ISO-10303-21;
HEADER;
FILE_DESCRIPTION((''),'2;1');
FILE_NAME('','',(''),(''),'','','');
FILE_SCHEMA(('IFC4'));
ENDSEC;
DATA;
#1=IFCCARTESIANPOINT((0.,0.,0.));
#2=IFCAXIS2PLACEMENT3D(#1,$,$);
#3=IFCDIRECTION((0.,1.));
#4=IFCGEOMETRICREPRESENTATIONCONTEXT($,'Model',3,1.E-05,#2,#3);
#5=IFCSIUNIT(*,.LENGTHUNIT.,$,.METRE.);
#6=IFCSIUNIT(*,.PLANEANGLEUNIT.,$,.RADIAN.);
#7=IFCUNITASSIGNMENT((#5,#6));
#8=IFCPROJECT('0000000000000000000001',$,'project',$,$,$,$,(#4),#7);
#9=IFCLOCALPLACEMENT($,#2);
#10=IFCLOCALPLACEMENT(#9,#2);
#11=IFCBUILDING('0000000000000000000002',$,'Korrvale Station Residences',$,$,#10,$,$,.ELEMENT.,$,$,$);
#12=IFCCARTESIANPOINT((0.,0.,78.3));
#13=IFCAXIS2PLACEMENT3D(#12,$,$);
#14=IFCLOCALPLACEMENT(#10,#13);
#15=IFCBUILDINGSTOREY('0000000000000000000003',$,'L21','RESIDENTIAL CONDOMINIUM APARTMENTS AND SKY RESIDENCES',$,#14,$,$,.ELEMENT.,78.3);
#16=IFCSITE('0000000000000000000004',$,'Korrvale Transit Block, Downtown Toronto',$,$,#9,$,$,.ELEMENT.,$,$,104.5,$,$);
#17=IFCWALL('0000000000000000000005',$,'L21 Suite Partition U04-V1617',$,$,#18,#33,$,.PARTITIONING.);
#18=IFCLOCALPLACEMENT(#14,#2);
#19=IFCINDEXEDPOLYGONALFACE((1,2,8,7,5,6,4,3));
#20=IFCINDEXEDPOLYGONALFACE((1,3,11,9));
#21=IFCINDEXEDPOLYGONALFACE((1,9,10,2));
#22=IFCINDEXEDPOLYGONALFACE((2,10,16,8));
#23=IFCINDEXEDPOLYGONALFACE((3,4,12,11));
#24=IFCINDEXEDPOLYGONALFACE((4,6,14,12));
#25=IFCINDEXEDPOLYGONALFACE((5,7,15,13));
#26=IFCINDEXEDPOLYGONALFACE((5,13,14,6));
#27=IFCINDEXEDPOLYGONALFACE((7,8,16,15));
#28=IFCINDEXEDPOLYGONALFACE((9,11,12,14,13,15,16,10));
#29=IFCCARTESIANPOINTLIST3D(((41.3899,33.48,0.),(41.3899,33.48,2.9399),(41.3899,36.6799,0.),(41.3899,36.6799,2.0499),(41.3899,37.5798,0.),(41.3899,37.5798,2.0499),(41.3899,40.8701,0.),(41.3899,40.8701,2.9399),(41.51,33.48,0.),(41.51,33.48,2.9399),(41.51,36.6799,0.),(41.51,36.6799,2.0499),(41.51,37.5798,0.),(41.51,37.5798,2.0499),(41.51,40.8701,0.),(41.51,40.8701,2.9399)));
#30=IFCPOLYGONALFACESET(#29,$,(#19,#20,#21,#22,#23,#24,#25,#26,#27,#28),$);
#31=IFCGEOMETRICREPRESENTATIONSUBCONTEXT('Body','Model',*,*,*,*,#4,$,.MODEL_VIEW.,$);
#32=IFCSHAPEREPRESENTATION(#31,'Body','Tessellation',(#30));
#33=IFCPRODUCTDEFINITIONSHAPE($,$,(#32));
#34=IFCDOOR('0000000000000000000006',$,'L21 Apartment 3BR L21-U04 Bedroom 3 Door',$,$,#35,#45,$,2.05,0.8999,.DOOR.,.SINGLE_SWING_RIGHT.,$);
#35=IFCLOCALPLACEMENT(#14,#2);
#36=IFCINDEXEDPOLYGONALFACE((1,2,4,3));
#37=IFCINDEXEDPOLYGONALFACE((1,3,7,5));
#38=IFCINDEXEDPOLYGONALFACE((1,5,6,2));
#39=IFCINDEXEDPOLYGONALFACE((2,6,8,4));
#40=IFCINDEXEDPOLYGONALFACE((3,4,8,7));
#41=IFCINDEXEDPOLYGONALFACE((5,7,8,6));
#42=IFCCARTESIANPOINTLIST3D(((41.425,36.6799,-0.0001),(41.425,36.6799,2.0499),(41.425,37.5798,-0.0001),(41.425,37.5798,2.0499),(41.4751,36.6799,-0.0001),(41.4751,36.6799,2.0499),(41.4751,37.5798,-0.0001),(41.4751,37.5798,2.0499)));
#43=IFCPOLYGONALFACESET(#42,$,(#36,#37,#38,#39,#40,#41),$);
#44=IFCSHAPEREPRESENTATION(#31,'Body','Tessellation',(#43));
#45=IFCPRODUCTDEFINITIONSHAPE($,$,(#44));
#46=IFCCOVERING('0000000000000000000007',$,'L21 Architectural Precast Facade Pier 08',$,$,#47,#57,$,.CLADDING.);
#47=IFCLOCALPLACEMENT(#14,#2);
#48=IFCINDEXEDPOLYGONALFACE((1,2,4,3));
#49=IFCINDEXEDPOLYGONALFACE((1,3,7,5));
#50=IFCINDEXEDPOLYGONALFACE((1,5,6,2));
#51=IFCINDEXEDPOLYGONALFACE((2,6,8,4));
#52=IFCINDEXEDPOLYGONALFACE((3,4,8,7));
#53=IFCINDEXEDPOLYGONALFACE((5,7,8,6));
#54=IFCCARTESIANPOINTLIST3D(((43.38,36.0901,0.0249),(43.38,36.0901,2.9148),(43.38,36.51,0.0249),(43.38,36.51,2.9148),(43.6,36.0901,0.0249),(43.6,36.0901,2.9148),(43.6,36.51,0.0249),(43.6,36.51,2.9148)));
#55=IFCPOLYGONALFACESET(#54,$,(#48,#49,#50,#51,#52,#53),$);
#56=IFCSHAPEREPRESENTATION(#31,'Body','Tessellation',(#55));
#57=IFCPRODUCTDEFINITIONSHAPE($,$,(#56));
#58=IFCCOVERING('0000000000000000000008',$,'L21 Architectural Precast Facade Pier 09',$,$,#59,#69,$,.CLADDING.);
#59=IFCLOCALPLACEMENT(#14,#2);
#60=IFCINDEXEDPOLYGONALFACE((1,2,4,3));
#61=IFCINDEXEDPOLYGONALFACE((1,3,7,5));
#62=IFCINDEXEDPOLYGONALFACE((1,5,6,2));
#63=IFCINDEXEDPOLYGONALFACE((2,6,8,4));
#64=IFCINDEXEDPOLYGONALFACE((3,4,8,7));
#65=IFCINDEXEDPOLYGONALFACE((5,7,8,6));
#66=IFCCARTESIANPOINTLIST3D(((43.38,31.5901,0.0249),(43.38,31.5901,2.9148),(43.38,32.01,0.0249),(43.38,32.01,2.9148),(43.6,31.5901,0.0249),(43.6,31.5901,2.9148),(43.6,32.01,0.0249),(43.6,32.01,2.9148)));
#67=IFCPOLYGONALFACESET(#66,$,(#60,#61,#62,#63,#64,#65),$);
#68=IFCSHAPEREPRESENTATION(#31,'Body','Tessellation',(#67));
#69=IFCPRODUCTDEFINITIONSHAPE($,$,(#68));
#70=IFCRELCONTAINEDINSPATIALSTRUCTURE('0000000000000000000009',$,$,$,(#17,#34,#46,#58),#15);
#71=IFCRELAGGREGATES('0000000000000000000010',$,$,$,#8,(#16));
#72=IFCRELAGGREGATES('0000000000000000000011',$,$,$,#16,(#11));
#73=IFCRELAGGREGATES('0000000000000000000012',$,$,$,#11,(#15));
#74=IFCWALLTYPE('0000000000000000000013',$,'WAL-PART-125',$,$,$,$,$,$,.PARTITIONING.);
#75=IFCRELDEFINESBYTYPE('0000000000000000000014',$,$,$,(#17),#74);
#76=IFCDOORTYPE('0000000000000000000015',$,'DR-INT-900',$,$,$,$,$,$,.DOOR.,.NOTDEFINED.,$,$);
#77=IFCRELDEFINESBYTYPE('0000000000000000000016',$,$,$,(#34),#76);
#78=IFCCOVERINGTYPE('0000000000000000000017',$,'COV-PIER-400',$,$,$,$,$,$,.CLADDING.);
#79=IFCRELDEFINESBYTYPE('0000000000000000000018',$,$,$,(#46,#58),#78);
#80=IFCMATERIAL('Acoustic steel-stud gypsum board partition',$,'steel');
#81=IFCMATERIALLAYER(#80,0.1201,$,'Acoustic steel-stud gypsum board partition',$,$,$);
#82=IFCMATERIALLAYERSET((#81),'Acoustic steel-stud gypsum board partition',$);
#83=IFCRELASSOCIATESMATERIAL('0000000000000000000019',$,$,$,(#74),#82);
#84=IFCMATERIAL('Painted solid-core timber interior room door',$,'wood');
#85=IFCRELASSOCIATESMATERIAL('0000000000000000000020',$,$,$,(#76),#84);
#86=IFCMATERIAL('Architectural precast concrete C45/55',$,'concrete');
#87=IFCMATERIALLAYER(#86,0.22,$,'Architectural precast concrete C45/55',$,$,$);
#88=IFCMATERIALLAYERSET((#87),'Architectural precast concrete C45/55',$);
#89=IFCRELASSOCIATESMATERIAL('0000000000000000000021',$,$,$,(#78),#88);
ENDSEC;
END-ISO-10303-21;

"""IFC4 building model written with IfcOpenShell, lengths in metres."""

from ifc_helpers import new_model, si_unit, direction, frame, frame_2d, origin, origin_2d, place, context, subcontext, project, spatial, rectangle, extrude, material, layer, layer_set, type_object, element, fill, save


model = new_model("IFC4")

# Units and contexts
model_context = context("Model", 3, precision=1e-05, world=origin(), true_north=direction((0.0, 1.0)))
body_context = subcontext(model_context, "Body", "Model", "MODEL_VIEW")
ifc_project = project(units=[si_unit("LENGTHUNIT", "METRE"), si_unit("PLANEANGLEUNIT", "RADIAN")], contexts=[model_context])

# Site, building, storey
site_placement = place(None, origin())
site = spatial("IfcSite", under=ifc_project, at=site_placement, Name="Korrvale Transit Block, Downtown Toronto", CompositionType="ELEMENT", RefElevation=104.5)
building_placement = place(site_placement, origin())
building = spatial("IfcBuilding", under=site, at=building_placement, Name="Korrvale Station Residences", CompositionType="ELEMENT")
storey_placement = place(building_placement, frame((0.0, 0.0, 78.3)))
storey = spatial("IfcBuildingStorey", under=building, at=storey_placement, Name="L21", Description="RESIDENTIAL CONDOMINIUM APARTMENTS AND SKY RESIDENCES", CompositionType="ELEMENT", Elevation=78.3)

# Shared definitions
ifc_material_1 = material(Name="Acoustic steel-stud gypsum board partition", Category="steel")
ifc_layer_1 = layer(ifc_material_1, 0.1201, Name="Acoustic steel-stud gypsum board partition")
ifc_layer_set_1 = layer_set([ifc_layer_1], Name="Acoustic steel-stud gypsum board partition")
wall_type = type_object("IfcWallType", Name="WAL-PART-125", PredefinedType="PARTITIONING", material=ifc_layer_set_1)
ifc_material_2 = material(Name="Painted solid-core timber interior room door", Category="wood")
door_type = type_object("IfcDoorType", Name="DR-INT-900", OperationType="NOTDEFINED", PredefinedType="DOOR", material=ifc_material_2)

# Wall, opening, door
wall_1_placement = place(storey_placement, frame((41.45, 33.48, 0.0), z_axis=(0.0, 0.0, 1.0), x_axis=(0.0, 1.0, 0.0)))
wall_1 = element("IfcWall", 1, at=wall_1_placement, inside=storey, type_object=wall_type, Name="L21 Suite Partition U04-V1617", PredefinedType="PARTITIONING", context=body_context, shape_type="SweptSolid", body=[
    extrude(rectangle(XDim=7.3901, YDim=0.1201, at=frame_2d((3.6951, 0.0))), origin(), (0.0, 0.0, 1.0), 2.9399),
])
opening_1_placement = place(wall_1_placement, frame((3.2, 0.0, 0.0)))
opening_1 = element("IfcOpeningElement", 2, at=opening_1_placement, cuts=wall_1, PredefinedType="OPENING", context=body_context, shape_type="SweptSolid", body=[
    extrude(rectangle(XDim=0.8999, YDim=2.05, at=frame_2d((0.45, 1.0249))), frame((0.0, 0.0701, 0.0), z_axis=(0.0, -1.0, 0.0), x_axis=(1.0, 0.0, 0.0)), (0.0, 0.0, 1.0), 0.1401),
])
door_1_placement = place(opening_1_placement, origin())
door_1 = element("IfcDoor", 3, at=door_1_placement, inside=storey, type_object=door_type, Name="L21 Apartment 3BR L21-U04 Bedroom 3 Door", OperationType="SINGLE_SWING_RIGHT", OverallHeight=2.05, OverallWidth=0.8999, PredefinedType="DOOR", context=body_context, shape_type="SweptSolid", body=[
    extrude(rectangle(XDim=0.8999, YDim=2.05, at=frame_2d((0.45, 1.0249))), frame((0.0, 0.0249, 0.0), z_axis=(0.0, -1.0, 0.0), x_axis=(1.0, 0.0, 0.0)), (0.0, 0.0, 1.0), 0.05),
])
fill(opening_1, door_1)

# Coverings
ifc_material_3 = material(Name="Architectural precast concrete C45/55", Category="concrete")
ifc_layer_2 = layer(ifc_material_3, 0.22, Name="Architectural precast concrete C45/55")
ifc_layer_set_2 = layer_set([ifc_layer_2], Name="Architectural precast concrete C45/55")
covering_type = type_object("IfcCoveringType", Name="COV-PIER-400", PredefinedType="CLADDING", material=ifc_layer_set_2)
for number, where, z_axis, x_axis, name in (
    (4, (43.49, 36.3, 0.0249), (0.0, 0.0, 1.0), (0.0, 1.0, 0.0), "L21 Architectural Precast Facade Pier 08"),
    (5, (43.49, 31.8, 0.0249), (0.0, 0.0, 1.0), (0.0, 1.0, 0.0), "L21 Architectural Precast Facade Pier 09"),
):
    element("IfcCovering", number, at=place(storey_placement, frame(where, z_axis=z_axis, x_axis=x_axis)), inside=storey, type_object=covering_type, Name=name, PredefinedType="CLADDING", context=body_context, shape_type="SweptSolid", body=[
        extrude(rectangle(XDim=0.4199, YDim=0.22, at=origin_2d()), origin(), (0.0, 0.0, 1.0), 2.8899),
    ])

save(model, "model.ifc")
